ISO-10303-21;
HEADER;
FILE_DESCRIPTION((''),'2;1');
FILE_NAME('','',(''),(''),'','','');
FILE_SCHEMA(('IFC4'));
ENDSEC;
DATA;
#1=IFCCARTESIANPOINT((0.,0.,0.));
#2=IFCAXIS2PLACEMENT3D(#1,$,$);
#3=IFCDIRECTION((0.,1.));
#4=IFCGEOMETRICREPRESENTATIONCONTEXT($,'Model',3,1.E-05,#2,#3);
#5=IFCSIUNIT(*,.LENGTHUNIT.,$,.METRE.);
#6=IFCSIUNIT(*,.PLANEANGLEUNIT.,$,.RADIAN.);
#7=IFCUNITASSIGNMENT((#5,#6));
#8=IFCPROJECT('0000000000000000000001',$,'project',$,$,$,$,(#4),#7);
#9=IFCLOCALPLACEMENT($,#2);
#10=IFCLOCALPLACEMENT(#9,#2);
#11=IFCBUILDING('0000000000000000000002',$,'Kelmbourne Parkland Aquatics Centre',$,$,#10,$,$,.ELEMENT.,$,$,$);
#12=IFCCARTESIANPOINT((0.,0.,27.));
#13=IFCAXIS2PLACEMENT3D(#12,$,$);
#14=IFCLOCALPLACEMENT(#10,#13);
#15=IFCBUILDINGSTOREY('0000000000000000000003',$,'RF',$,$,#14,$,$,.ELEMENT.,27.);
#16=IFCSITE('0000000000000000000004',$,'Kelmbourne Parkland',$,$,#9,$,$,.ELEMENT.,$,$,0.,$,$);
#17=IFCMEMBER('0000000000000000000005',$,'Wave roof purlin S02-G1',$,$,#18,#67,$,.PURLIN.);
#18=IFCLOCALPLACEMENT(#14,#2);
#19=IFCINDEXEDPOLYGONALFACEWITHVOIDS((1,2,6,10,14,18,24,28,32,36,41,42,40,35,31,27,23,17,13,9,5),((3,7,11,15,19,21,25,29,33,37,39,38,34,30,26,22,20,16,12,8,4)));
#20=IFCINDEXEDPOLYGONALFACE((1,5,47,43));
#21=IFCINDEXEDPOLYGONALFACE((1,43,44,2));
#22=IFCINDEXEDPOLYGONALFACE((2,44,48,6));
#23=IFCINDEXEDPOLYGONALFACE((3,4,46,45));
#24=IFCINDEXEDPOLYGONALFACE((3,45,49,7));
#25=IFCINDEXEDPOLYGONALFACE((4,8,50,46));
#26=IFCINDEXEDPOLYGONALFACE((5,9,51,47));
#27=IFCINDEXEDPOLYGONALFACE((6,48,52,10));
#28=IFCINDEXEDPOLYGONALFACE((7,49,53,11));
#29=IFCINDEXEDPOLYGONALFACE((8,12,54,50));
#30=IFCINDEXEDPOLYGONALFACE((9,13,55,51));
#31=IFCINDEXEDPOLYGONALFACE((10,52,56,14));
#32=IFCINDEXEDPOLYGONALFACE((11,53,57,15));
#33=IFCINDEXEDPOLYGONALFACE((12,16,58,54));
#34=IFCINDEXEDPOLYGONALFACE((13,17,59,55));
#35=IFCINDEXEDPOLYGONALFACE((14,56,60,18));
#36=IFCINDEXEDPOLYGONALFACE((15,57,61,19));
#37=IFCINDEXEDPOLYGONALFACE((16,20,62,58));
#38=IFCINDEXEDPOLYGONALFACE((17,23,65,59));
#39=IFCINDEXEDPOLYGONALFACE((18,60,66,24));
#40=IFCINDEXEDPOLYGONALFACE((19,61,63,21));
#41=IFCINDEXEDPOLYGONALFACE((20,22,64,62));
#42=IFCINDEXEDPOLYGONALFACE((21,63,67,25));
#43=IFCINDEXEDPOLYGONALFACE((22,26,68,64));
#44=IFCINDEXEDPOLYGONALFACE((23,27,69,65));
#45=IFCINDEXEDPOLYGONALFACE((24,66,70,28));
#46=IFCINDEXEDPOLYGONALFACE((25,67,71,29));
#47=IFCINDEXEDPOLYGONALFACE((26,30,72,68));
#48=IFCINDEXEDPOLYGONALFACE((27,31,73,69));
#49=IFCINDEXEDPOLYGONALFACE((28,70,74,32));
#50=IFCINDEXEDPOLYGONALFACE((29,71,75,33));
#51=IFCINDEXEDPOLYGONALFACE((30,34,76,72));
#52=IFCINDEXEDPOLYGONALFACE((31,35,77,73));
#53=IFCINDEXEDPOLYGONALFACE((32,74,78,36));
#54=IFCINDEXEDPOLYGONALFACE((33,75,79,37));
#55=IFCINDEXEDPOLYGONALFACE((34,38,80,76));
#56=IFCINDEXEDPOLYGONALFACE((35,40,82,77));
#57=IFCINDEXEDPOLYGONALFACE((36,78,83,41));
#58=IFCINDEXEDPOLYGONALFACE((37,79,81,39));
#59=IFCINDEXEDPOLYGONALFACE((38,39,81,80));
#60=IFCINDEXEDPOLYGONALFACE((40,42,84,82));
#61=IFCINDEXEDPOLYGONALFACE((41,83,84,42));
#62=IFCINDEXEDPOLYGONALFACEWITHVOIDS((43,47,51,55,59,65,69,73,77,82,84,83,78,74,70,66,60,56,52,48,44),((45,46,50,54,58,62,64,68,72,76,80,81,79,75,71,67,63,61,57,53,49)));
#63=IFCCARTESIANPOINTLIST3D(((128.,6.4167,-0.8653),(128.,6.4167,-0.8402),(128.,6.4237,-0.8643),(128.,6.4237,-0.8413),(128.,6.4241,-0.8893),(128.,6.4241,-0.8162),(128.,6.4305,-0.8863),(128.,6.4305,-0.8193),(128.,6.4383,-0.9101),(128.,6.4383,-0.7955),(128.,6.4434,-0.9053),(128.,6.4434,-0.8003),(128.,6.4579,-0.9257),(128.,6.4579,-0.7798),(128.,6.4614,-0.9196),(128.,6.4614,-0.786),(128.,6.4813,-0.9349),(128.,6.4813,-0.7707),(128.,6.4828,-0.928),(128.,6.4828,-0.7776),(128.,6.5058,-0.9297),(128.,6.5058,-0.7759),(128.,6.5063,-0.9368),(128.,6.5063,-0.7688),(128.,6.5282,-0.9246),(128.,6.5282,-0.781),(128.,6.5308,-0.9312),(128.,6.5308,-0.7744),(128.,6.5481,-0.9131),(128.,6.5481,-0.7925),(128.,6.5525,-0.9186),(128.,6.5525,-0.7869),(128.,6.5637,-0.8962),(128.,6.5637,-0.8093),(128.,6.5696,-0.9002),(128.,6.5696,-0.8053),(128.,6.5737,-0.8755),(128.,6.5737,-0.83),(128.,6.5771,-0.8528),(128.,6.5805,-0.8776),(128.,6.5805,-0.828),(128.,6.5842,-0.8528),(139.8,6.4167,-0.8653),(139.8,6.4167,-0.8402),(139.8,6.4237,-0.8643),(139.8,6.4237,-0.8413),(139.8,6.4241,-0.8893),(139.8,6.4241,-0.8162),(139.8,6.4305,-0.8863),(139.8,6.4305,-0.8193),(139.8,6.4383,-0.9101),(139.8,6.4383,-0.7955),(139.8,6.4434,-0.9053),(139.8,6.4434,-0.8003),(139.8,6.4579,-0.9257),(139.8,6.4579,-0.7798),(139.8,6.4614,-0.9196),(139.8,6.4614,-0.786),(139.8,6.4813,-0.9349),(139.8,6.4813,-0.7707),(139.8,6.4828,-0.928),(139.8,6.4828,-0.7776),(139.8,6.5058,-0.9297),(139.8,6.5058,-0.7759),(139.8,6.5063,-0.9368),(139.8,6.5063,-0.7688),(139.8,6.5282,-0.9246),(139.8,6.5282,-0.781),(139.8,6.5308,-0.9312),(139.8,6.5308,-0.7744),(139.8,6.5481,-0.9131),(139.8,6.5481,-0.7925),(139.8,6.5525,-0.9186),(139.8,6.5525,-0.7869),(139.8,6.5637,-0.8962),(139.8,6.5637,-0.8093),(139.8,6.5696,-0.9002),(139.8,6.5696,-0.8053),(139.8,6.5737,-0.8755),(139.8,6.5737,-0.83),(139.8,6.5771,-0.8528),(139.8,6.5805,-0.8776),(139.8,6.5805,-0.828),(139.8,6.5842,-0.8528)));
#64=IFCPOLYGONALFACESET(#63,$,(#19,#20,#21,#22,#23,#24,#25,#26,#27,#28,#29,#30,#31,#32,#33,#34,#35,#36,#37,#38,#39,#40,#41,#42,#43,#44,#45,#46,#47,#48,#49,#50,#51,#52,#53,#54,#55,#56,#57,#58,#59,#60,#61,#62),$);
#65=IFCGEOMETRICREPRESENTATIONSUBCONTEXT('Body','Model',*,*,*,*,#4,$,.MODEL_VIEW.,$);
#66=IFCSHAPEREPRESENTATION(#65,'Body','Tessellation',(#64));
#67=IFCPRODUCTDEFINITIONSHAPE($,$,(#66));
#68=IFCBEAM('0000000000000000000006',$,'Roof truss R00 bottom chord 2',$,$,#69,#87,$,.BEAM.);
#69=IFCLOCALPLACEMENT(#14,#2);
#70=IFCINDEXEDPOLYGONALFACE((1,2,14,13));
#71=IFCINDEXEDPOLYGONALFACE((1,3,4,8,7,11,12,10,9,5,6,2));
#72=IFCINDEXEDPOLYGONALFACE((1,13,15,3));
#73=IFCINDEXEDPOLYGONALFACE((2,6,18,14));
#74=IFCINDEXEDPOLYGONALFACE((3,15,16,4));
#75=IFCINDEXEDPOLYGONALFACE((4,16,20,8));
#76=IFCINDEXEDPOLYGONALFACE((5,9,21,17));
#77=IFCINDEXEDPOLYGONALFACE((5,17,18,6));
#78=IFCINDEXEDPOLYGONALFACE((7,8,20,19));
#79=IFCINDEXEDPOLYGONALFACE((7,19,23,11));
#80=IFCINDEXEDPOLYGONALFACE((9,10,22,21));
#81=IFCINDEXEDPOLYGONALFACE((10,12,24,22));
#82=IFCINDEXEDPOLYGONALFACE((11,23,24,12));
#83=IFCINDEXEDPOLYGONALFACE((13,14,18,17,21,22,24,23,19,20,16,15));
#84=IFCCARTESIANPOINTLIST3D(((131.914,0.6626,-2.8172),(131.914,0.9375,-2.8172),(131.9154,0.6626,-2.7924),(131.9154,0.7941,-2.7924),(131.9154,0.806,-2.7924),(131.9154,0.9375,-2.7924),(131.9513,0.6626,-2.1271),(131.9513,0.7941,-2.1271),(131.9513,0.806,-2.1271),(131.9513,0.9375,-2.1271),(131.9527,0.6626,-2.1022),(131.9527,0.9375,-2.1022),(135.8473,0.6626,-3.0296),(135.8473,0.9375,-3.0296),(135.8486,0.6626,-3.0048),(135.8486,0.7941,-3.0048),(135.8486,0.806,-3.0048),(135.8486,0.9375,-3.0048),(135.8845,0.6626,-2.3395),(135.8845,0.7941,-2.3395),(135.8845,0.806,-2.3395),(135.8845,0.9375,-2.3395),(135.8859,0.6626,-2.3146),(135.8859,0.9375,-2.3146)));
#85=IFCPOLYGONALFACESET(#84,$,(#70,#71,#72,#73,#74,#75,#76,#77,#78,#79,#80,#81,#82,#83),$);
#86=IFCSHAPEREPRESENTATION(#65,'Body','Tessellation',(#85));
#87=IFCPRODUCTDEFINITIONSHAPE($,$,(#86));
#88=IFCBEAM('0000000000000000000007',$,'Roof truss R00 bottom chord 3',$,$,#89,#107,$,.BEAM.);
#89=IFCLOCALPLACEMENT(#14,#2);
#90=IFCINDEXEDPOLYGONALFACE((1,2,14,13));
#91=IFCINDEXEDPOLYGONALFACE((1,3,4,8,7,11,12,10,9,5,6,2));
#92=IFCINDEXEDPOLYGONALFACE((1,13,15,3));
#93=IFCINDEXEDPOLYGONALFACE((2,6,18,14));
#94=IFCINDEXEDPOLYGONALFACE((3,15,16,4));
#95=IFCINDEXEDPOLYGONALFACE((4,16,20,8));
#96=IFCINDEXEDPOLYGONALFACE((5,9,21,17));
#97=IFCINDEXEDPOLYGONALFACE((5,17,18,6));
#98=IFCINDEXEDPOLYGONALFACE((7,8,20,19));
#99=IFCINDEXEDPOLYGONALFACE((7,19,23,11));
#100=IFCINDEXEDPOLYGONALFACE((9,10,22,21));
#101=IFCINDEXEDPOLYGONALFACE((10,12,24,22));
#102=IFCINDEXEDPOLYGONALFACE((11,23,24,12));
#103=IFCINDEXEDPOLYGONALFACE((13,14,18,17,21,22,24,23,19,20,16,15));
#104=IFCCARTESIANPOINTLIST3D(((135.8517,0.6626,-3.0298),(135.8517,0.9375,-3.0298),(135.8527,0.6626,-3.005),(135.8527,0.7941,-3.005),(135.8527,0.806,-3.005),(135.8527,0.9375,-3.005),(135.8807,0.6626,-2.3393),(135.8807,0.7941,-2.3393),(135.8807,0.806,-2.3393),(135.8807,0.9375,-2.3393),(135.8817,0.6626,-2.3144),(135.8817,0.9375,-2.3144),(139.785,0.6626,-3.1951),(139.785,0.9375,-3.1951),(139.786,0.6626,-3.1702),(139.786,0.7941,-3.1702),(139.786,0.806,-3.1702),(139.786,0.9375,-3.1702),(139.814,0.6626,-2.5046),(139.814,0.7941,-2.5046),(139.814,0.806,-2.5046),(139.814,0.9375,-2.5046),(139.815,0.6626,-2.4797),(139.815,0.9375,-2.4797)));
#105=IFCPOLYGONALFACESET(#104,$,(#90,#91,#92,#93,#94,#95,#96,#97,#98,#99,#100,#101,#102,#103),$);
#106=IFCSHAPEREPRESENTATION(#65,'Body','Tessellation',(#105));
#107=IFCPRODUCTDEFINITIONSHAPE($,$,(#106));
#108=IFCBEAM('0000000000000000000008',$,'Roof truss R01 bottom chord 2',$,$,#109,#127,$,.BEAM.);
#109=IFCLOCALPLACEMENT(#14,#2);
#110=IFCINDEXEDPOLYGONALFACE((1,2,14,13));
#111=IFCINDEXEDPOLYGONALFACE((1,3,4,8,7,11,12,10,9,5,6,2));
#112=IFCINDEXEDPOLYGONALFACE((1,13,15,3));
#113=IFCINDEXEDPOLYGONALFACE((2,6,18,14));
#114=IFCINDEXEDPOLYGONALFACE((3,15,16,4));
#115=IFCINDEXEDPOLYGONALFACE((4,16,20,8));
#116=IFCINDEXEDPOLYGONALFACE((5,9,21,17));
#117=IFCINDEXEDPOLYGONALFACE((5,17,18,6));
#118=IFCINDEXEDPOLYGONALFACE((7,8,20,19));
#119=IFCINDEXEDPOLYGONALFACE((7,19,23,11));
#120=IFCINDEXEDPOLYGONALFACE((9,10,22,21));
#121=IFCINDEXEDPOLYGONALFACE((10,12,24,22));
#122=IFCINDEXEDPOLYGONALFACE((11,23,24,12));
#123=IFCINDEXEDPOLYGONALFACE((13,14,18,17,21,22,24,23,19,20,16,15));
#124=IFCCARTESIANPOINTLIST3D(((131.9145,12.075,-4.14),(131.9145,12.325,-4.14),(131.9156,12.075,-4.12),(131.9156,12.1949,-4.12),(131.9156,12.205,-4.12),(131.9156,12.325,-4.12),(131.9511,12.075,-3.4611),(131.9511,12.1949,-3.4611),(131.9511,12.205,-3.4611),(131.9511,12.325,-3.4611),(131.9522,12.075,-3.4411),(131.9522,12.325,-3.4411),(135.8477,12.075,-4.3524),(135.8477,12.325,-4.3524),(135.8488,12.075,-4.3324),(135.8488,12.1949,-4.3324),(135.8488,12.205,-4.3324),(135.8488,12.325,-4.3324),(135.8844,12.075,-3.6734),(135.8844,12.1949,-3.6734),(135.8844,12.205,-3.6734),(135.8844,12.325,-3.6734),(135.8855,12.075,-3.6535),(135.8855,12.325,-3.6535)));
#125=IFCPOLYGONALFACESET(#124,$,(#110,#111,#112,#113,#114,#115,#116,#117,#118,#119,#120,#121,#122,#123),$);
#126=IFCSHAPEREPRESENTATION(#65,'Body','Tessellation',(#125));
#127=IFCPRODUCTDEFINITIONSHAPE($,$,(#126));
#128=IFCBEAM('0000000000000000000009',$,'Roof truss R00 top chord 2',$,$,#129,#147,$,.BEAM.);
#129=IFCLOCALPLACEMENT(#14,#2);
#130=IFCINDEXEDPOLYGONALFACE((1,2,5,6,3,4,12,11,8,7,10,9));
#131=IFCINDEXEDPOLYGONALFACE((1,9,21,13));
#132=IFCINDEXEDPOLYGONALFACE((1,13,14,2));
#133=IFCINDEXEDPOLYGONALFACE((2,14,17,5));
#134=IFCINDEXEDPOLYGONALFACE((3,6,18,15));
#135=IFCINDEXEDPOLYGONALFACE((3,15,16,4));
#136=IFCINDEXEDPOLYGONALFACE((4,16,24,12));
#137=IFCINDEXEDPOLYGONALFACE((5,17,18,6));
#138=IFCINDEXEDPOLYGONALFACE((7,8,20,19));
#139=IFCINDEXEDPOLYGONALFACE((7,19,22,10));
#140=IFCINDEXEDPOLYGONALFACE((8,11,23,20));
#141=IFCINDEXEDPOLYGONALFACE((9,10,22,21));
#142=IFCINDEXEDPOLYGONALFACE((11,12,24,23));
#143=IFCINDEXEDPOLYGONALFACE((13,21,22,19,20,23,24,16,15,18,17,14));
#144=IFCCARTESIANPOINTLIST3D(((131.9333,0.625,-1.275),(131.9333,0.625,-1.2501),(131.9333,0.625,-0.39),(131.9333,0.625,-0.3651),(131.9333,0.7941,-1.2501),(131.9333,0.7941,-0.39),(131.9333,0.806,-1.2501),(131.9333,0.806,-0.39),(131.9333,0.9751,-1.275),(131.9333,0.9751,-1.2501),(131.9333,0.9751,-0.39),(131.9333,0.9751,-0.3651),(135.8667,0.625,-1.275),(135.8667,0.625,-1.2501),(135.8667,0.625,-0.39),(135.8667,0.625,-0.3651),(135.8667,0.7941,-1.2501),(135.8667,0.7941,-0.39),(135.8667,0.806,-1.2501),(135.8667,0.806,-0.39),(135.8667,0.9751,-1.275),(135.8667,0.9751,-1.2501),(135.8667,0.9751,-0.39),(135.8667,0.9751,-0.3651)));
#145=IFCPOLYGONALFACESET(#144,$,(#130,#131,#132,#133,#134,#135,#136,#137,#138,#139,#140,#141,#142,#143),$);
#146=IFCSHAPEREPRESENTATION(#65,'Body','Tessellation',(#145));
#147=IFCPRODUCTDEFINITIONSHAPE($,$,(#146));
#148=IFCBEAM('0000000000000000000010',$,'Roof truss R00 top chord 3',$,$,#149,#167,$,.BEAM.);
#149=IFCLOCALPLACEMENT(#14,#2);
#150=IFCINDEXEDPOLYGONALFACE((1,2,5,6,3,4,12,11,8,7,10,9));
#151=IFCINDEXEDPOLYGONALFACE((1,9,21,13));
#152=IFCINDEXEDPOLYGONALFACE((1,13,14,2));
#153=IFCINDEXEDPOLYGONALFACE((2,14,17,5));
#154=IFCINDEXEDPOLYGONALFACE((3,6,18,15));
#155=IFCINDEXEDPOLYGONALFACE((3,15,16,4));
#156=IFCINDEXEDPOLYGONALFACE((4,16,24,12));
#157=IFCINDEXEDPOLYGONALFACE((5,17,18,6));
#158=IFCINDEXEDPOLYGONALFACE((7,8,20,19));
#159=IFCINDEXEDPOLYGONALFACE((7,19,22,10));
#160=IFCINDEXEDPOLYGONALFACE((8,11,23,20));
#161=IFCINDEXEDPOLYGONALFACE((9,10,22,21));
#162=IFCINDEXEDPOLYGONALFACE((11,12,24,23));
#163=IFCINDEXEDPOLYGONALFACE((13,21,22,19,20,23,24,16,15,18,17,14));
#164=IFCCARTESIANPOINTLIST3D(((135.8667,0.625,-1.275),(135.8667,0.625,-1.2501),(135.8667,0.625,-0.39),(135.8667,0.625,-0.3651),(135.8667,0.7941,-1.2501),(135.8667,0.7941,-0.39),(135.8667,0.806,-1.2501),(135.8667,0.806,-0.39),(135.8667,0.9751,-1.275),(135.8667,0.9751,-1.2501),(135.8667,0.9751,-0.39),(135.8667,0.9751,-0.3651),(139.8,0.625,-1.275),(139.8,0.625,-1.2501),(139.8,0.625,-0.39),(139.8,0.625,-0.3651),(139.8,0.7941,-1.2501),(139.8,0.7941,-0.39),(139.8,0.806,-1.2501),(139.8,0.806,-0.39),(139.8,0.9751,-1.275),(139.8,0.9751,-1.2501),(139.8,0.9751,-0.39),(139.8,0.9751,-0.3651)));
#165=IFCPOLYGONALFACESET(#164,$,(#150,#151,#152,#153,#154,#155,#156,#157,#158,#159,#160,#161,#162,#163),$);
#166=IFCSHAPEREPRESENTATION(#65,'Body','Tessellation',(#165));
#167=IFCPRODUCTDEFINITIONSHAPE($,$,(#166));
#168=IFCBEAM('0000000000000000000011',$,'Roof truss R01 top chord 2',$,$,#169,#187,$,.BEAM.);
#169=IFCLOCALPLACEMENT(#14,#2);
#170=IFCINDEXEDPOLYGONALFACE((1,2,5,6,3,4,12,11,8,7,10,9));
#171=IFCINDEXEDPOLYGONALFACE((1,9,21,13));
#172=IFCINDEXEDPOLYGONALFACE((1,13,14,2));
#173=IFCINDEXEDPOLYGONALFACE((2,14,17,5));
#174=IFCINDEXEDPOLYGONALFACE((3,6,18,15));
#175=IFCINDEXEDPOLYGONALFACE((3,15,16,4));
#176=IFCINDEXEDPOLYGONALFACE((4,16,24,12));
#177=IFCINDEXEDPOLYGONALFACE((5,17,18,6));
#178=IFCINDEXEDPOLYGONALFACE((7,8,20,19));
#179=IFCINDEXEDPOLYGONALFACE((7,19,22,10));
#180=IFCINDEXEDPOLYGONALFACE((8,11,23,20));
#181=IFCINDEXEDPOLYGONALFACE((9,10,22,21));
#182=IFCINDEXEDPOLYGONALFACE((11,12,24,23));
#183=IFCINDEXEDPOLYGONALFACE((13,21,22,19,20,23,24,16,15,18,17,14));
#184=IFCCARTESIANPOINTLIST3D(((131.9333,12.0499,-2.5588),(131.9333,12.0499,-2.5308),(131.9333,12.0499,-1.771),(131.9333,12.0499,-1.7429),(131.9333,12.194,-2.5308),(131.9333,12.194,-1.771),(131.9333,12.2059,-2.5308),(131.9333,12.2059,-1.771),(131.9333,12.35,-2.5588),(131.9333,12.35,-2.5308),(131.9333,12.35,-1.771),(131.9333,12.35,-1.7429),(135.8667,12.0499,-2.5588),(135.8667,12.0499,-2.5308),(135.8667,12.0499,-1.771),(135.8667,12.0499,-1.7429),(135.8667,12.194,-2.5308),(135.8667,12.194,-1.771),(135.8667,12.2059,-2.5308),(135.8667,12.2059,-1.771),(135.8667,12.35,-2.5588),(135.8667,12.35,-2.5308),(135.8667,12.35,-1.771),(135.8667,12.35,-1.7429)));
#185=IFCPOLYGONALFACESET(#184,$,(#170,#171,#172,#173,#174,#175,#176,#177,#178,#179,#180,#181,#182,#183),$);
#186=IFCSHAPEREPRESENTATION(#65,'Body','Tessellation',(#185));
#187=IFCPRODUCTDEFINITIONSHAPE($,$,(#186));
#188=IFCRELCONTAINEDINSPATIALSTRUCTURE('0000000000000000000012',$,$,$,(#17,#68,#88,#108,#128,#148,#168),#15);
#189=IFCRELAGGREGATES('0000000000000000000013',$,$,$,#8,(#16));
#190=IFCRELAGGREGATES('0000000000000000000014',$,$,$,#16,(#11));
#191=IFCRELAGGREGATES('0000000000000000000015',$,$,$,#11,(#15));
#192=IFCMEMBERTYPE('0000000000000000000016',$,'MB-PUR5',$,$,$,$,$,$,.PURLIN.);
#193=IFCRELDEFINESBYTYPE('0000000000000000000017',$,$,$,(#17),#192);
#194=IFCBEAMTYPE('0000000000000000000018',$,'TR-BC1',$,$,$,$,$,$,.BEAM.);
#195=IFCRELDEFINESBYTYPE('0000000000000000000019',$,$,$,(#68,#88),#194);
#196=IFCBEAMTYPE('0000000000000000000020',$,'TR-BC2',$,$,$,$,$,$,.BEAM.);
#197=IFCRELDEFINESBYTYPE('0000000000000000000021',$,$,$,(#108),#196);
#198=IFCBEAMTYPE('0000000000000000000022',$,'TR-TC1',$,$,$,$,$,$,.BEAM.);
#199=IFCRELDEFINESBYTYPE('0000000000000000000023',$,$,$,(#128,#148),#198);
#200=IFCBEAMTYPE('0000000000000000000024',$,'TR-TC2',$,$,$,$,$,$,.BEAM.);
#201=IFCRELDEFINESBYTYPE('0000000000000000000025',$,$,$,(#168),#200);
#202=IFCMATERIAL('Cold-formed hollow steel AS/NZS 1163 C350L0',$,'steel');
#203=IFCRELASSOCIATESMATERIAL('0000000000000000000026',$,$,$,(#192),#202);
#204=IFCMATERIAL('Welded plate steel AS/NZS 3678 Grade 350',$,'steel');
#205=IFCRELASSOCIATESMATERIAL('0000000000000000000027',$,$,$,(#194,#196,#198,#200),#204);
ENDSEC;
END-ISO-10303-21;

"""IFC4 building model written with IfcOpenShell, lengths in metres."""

from ifc_helpers import new_model, si_unit, direction, frame, origin, origin_2d, place, context, subcontext, project, spatial, hollow_circle, i_section, extrude, material, material_profile, profile_set, type_object, element, save


model = new_model("IFC4")

# Units and contexts
model_context = context("Model", 3, precision=1e-05, world=origin(), true_north=direction((0.0, 1.0)))
body_context = subcontext(model_context, "Body", "Model", "MODEL_VIEW")
ifc_project = project(units=[si_unit("LENGTHUNIT", "METRE"), si_unit("PLANEANGLEUNIT", "RADIAN")], contexts=[model_context])

# Site, building, storey
site_placement = place(None, origin())
site = spatial("IfcSite", under=ifc_project, at=site_placement, Name="Kelmbourne Parkland", CompositionType="ELEMENT", RefElevation=0.0)
building_placement = place(site_placement, origin())
building = spatial("IfcBuilding", under=site, at=building_placement, Name="Kelmbourne Parkland Aquatics Centre", CompositionType="ELEMENT")
storey_placement = place(building_placement, frame((0.0, 0.0, 27.0)))
storey = spatial("IfcBuildingStorey", under=building, at=storey_placement, Name="RF", CompositionType="ELEMENT", Elevation=27.0)

# Member
ifc_material_1 = material(Name="Cold-formed hollow steel AS/NZS 1163 C350L0", Category="steel")
ifc_material_profile_1 = material_profile(ifc_material_1, hollow_circle(Radius=0.0842, WallThickness=0.0071, at=origin_2d()), Name="CHS 168.3x7.1")
ifc_profile_set_1 = profile_set([ifc_material_profile_1], Name="Cold-formed hollow steel AS/NZS 1163 C350L0")
member_type_1 = type_object("IfcMemberType", Name="MB-PUR5", PredefinedType="PURLIN", material=ifc_profile_set_1)
member_1_placement = place(storey_placement, frame((128.0, 6.5, -0.8528), z_axis=(1.0, 0.0, 0.0), x_axis=(0.0, 1.0, 0.0)))
element("IfcMember", 1, at=member_1_placement, inside=storey, type_object=member_type_1, Name="Wave roof purlin S02-G1", PredefinedType="PURLIN", context=body_context, shape_type="SweptSolid", body=[
    extrude(hollow_circle(Radius=0.0842, WallThickness=0.0071, at=origin_2d()), origin(), (0.0, 0.0, 1.0), 11.8),
])

# Beams
ifc_material_2 = material(Name="Welded plate steel AS/NZS 3678 Grade 350", Category="steel")
ifc_material_profile_2 = material_profile(ifc_material_2, i_section(OverallWidth=0.2749, OverallDepth=0.7161, WebThickness=0.012, FlangeThickness=0.0249, at=origin_2d()), Name="700WB173")
ifc_profile_set_2 = profile_set([ifc_material_profile_2], Name="Welded plate steel AS/NZS 3678 Grade 350")
beam_type_1 = type_object("IfcBeamType", Name="TR-BC1", PredefinedType="BEAM", material=ifc_profile_set_2)
beam_1_placement = place(storey_placement, frame((131.9333, 0.8, -2.4597), z_axis=(0.998545, 0.0, -0.053922), x_axis=(0.0, 1.0, 0.0)))
element("IfcBeam", 2, at=beam_1_placement, inside=storey, type_object=beam_type_1, Name="Roof truss R00 bottom chord 2", PredefinedType="BEAM", context=body_context, shape_type="SweptSolid", body=[
    extrude(i_section(OverallWidth=0.2749, OverallDepth=0.7161, WebThickness=0.012, FlangeThickness=0.0249, at=origin_2d()), origin(), (0.0, 0.0, 1.0), 3.939),
])
beam_2_placement = place(storey_placement, frame((135.8667, 0.8, -2.6721), z_axis=(0.999118, 0.0, -0.041984), x_axis=(0.0, 1.0, 0.0)))
element("IfcBeam", 3, at=beam_2_placement, inside=storey, type_object=beam_type_1, Name="Roof truss R00 bottom chord 3", PredefinedType="BEAM", context=body_context, shape_type="SweptSolid", body=[
    extrude(i_section(OverallWidth=0.2749, OverallDepth=0.7161, WebThickness=0.012, FlangeThickness=0.0249, at=origin_2d()), origin(), (0.0, 0.0, 1.0), 3.9368),
])
ifc_material_profile_3 = material_profile(ifc_material_2, i_section(OverallWidth=0.25, OverallDepth=0.7, WebThickness=0.01, FlangeThickness=0.02, at=origin_2d()), Name="700WB130")
ifc_profile_set_3 = profile_set([ifc_material_profile_3], Name="Welded plate steel AS/NZS 3678 Grade 350")
beam_type_2 = type_object("IfcBeamType", Name="TR-BC2", PredefinedType="BEAM", material=ifc_profile_set_3)
beam_3_placement = place(storey_placement, frame((131.9333, 12.2, -3.7905), z_axis=(0.998545, 0.0, -0.053922), x_axis=(0.0, 1.0, 0.0)))
element("IfcBeam", 4, at=beam_3_placement, inside=storey, type_object=beam_type_2, Name="Roof truss R01 bottom chord 2", PredefinedType="BEAM", context=body_context, shape_type="SweptSolid", body=[
    extrude(i_section(OverallWidth=0.25, OverallDepth=0.7, WebThickness=0.01, FlangeThickness=0.02, at=origin_2d()), origin(), (0.0, 0.0, 1.0), 3.939),
])
ifc_material_profile_4 = material_profile(ifc_material_2, i_section(OverallWidth=0.3501, OverallDepth=0.9099, WebThickness=0.012, FlangeThickness=0.0249, at=origin_2d()), Name="900WB218")
ifc_profile_set_4 = profile_set([ifc_material_profile_4], Name="Welded plate steel AS/NZS 3678 Grade 350")
beam_type_3 = type_object("IfcBeamType", Name="TR-TC1", PredefinedType="BEAM", material=ifc_profile_set_4)
for number, where, z_axis, x_axis, name in (
    (5, (131.9333, 0.8, -0.8201), (1.0, 0.0, 0.0), (0.0, 1.0, 0.0), "Roof truss R00 top chord 2"),
    (6, (135.8667, 0.8, -0.8201), (1.0, 0.0, 0.0), (0.0, 1.0, 0.0), "Roof truss R00 top chord 3"),
):
    element("IfcBeam", number, at=place(storey_placement, frame(where, z_axis=z_axis, x_axis=x_axis)), inside=storey, type_object=beam_type_3, Name=name, PredefinedType="BEAM", context=body_context, shape_type="SweptSolid", body=[
        extrude(i_section(OverallWidth=0.3501, OverallDepth=0.9099, WebThickness=0.012, FlangeThickness=0.0249, at=origin_2d()), origin(), (0.0, 0.0, 1.0), 3.9333),
    ])
ifc_material_profile_5 = material_profile(ifc_material_2, i_section(OverallWidth=0.3, OverallDepth=0.8159, WebThickness=0.012, FlangeThickness=0.0281, at=origin_2d()), Name="800WB192")
ifc_profile_set_5 = profile_set([ifc_material_profile_5], Name="Welded plate steel AS/NZS 3678 Grade 350")
beam_type_4 = type_object("IfcBeamType", Name="TR-TC2", PredefinedType="BEAM", material=ifc_profile_set_5)
beam_4_placement = place(storey_placement, frame((131.9333, 12.2, -2.1509), z_axis=(1.0, 0.0, 0.0), x_axis=(0.0, 1.0, 0.0)))
element("IfcBeam", 7, at=beam_4_placement, inside=storey, type_object=beam_type_4, Name="Roof truss R01 top chord 2", PredefinedType="BEAM", context=body_context, shape_type="SweptSolid", body=[
    extrude(i_section(OverallWidth=0.3, OverallDepth=0.8159, WebThickness=0.012, FlangeThickness=0.0281, at=origin_2d()), origin(), (0.0, 0.0, 1.0), 3.9333),
])

save(model, "model.ifc")
